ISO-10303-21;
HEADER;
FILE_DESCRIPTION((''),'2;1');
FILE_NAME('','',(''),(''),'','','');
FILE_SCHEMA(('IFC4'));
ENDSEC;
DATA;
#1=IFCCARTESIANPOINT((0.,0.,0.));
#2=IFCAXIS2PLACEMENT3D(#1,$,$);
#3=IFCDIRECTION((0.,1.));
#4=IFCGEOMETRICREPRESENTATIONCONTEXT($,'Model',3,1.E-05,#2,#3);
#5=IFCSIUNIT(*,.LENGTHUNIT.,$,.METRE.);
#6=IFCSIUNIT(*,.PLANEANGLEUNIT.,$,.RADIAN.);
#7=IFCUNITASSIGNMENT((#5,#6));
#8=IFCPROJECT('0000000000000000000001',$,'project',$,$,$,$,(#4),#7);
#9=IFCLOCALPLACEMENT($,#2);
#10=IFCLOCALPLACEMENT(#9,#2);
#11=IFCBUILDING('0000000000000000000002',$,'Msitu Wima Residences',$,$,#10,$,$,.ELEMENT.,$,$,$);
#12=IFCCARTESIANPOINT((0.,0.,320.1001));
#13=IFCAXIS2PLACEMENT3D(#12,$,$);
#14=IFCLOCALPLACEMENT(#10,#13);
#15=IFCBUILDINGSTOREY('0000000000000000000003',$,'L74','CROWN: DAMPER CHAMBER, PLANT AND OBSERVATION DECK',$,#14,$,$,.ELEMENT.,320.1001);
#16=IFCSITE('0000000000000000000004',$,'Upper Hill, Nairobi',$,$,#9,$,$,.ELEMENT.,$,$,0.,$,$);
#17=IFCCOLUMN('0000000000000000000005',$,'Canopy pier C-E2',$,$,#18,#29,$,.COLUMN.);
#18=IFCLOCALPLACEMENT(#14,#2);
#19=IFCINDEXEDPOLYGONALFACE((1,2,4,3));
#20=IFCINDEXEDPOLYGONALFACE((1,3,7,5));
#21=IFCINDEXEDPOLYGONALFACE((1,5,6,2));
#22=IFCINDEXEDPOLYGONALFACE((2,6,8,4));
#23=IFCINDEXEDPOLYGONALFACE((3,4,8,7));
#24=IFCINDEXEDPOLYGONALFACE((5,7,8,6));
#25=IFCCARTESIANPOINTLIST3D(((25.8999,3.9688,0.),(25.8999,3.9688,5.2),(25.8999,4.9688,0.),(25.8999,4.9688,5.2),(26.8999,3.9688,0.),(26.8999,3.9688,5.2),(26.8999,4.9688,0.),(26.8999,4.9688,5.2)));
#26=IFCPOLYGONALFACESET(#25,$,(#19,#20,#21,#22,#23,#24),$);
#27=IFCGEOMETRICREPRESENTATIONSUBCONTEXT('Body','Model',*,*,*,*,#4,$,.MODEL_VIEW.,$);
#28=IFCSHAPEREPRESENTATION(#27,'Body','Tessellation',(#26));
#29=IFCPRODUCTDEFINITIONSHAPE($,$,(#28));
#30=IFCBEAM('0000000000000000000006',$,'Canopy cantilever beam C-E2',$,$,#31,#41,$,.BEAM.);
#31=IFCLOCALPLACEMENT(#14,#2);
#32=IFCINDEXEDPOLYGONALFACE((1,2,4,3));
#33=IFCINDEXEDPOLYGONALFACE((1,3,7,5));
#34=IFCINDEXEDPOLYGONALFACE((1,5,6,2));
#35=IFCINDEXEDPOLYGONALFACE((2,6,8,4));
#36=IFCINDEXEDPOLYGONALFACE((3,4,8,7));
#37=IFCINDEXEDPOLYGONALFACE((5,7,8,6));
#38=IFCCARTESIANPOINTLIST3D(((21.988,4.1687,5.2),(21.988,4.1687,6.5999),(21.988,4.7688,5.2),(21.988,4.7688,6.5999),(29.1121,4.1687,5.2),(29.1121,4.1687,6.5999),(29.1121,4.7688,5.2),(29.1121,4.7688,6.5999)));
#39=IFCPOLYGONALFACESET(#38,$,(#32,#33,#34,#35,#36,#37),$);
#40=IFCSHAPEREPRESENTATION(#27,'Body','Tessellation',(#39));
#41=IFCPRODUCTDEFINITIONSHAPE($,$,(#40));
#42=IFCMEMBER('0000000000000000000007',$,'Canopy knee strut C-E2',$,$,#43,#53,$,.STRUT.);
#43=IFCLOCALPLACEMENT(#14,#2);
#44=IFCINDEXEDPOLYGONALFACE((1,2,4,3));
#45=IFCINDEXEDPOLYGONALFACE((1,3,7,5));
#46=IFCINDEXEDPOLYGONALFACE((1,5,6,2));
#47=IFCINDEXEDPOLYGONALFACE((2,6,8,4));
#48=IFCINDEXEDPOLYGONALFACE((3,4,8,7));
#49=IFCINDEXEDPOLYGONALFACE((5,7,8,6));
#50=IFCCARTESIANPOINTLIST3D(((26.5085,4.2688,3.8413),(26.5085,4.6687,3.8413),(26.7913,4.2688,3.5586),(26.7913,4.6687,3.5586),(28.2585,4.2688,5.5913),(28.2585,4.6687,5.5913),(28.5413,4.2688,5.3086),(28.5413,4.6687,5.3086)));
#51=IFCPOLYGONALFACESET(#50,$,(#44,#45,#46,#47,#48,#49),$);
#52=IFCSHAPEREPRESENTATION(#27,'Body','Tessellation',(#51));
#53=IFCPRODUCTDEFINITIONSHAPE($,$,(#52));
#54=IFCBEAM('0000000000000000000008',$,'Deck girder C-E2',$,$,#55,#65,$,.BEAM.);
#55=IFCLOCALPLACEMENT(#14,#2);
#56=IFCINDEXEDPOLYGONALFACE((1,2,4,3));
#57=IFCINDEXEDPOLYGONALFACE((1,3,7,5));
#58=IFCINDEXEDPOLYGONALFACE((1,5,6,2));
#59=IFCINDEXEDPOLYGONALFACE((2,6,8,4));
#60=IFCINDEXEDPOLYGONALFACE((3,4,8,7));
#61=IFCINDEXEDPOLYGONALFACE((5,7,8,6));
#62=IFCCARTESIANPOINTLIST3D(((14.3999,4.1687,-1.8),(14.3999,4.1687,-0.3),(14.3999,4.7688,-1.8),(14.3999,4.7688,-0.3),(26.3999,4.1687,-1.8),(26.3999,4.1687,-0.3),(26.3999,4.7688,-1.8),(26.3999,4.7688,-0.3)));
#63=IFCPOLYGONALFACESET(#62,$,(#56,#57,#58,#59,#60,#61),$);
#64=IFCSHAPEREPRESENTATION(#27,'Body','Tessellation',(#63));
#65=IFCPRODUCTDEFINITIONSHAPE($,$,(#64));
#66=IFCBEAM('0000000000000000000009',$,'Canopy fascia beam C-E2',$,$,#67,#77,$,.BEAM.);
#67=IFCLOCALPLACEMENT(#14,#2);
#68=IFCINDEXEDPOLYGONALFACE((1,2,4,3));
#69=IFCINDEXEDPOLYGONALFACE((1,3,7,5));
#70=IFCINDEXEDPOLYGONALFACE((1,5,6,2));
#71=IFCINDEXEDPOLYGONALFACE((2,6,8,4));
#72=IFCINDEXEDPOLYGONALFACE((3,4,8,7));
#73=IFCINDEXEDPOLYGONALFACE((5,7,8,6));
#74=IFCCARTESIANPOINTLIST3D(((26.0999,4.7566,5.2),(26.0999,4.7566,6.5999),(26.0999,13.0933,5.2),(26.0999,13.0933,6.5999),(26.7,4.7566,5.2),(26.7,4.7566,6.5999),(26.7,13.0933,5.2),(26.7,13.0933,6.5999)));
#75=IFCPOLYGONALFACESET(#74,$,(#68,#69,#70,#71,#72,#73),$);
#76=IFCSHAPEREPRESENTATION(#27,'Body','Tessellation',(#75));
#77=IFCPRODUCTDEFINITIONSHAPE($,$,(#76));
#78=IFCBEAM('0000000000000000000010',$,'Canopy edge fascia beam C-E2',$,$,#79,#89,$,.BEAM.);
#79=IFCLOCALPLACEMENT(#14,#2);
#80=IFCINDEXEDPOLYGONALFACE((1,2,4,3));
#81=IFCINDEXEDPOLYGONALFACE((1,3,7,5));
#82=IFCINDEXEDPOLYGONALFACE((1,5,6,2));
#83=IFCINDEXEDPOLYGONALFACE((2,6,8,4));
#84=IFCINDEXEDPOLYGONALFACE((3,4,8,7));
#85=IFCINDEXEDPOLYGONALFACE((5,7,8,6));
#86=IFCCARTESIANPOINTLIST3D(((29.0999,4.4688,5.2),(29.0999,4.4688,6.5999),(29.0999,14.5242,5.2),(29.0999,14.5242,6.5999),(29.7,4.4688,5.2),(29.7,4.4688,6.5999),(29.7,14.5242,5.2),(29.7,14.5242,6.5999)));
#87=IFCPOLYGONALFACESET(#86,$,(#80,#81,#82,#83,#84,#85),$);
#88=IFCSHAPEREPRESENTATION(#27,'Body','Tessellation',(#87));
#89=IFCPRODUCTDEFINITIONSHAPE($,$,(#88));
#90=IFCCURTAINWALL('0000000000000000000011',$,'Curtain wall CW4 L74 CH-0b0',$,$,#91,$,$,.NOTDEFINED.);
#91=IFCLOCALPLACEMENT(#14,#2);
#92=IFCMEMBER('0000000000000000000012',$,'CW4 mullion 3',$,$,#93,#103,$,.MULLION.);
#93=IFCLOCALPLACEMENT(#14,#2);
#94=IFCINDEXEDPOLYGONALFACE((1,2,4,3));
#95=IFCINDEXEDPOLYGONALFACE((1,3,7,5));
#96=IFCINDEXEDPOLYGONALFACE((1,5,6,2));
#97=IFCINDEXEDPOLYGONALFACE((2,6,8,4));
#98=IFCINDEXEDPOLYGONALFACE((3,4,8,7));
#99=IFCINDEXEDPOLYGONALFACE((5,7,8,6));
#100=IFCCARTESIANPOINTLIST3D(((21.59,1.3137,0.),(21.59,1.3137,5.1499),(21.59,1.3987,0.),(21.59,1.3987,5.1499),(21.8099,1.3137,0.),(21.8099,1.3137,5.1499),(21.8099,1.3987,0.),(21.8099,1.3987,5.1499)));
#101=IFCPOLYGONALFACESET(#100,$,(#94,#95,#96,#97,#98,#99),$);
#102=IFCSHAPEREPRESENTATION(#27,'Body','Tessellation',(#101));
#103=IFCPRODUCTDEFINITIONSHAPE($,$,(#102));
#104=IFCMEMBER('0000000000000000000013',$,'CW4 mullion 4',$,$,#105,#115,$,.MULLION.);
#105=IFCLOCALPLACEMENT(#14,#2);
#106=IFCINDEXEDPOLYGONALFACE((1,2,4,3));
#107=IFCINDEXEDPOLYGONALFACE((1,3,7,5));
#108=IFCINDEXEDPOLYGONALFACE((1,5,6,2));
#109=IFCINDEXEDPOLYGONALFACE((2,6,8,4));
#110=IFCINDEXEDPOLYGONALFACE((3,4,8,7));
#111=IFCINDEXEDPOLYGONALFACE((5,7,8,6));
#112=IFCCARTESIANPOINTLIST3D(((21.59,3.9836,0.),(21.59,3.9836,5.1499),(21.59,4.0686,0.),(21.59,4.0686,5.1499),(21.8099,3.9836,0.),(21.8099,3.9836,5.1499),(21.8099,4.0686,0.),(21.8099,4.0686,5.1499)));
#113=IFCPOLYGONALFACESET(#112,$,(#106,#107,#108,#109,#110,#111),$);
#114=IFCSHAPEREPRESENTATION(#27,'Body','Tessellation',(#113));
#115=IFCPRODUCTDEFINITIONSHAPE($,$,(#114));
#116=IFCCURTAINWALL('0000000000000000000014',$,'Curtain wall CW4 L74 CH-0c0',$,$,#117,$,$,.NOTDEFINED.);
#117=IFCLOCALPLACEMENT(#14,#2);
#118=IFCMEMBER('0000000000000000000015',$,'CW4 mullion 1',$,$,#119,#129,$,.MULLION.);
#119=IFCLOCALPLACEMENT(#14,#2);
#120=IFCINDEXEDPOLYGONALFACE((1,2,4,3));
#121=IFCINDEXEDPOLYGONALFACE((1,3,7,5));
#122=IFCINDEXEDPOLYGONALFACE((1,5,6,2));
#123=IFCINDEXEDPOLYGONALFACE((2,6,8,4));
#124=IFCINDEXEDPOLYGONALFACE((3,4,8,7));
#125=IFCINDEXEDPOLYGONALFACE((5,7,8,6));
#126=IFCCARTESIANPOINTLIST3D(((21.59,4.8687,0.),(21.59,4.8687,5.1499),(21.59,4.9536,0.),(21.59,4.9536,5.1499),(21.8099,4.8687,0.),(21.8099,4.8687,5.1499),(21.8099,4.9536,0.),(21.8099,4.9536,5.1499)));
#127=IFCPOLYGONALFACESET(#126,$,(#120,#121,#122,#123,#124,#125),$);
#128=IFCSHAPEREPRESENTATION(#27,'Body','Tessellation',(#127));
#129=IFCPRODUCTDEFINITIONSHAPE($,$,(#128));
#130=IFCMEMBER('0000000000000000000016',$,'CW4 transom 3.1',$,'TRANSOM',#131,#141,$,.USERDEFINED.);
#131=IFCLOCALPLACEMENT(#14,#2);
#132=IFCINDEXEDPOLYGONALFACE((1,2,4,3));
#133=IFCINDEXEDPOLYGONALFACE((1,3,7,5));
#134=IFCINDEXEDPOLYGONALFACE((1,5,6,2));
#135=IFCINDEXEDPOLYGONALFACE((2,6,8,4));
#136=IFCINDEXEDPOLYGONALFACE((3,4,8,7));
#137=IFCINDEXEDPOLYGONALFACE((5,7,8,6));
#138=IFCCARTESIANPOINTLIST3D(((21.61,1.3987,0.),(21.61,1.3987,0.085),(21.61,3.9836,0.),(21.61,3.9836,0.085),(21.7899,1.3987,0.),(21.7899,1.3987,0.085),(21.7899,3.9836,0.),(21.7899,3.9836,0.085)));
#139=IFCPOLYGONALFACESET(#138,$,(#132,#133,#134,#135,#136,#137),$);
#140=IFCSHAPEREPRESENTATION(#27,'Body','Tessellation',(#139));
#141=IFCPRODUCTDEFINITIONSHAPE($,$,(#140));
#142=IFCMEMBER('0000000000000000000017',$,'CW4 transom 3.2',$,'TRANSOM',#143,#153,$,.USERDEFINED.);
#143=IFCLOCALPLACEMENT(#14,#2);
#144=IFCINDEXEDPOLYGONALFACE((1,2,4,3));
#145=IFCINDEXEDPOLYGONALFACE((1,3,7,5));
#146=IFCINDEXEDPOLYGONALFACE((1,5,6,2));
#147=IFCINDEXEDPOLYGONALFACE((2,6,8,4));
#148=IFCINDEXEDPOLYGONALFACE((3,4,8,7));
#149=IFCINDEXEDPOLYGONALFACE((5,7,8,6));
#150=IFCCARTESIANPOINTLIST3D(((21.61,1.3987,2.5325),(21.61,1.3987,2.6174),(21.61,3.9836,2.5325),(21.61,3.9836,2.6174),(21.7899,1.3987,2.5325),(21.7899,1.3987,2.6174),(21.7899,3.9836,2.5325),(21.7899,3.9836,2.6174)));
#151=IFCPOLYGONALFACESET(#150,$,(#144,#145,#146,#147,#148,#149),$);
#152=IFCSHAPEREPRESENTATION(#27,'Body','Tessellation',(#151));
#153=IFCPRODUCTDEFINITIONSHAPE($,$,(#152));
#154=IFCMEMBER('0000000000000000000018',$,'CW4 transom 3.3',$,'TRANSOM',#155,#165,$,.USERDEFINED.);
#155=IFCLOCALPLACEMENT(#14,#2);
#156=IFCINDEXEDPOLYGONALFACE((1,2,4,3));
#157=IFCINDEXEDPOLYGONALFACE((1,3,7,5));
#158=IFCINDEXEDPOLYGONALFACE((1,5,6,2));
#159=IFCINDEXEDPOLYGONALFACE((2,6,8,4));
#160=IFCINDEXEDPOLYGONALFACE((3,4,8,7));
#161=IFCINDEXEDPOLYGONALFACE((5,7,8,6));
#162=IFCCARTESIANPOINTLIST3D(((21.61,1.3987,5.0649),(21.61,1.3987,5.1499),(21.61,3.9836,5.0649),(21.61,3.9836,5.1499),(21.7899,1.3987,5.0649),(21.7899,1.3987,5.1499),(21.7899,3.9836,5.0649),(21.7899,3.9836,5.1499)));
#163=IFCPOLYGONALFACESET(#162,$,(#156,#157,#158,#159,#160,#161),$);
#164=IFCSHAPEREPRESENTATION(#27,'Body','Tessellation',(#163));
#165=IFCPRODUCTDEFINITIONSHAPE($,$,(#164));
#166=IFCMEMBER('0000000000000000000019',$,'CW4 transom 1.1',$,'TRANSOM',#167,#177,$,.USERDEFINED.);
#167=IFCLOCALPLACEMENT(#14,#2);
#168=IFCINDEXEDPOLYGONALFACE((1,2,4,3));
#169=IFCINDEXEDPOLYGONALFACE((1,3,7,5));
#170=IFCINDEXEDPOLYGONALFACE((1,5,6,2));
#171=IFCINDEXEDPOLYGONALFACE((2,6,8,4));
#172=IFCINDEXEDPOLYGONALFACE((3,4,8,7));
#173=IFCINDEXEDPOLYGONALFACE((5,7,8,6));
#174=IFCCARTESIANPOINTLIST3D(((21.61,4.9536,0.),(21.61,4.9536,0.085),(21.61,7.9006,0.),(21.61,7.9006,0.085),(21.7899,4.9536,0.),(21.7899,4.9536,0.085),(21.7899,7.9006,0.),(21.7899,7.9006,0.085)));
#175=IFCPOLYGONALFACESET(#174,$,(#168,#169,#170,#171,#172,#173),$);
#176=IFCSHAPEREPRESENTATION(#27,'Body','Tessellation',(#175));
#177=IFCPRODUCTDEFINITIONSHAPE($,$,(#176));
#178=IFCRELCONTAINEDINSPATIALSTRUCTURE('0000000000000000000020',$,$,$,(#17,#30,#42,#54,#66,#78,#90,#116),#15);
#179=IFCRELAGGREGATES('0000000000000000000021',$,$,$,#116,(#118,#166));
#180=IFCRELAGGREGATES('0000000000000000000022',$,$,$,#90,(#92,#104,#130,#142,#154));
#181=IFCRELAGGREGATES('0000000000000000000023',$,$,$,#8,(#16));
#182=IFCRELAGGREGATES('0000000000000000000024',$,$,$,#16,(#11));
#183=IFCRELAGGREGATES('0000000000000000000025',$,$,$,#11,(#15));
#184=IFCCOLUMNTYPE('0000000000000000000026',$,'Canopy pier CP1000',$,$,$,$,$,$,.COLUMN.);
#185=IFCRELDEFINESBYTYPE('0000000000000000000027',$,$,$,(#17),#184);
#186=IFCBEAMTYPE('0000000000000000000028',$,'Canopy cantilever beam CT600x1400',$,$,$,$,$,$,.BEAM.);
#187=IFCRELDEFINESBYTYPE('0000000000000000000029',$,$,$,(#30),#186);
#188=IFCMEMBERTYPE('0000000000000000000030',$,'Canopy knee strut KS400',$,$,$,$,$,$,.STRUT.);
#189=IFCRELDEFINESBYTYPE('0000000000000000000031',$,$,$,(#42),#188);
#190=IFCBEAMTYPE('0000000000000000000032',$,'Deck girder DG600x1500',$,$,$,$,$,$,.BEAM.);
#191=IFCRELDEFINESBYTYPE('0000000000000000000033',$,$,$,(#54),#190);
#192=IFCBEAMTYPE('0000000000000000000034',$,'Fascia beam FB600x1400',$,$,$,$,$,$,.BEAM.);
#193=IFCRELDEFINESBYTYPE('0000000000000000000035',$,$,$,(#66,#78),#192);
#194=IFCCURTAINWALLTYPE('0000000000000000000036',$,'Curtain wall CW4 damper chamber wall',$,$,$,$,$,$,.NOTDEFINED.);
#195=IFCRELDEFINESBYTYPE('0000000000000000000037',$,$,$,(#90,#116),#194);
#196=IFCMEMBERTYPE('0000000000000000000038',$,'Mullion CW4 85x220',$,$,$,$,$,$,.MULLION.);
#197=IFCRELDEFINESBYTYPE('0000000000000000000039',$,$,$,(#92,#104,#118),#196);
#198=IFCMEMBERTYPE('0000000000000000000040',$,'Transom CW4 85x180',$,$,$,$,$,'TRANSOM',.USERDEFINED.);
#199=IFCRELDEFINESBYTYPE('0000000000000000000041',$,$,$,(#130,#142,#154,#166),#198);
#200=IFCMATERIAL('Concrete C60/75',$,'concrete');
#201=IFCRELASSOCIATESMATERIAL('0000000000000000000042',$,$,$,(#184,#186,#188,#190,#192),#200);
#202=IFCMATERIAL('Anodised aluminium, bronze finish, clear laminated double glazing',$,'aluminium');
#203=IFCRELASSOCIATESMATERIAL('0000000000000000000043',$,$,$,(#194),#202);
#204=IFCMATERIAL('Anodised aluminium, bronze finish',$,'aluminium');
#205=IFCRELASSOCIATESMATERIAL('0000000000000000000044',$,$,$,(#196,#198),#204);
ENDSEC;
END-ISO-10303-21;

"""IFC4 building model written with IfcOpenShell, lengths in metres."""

from ifc_helpers import new_model, si_unit, direction, frame, origin, origin_2d, place, context, subcontext, project, spatial, rectangle, extrude, material, material_profile, profile_set, type_object, element, aggregate, save


model = new_model("IFC4")

# Units and contexts
model_context = context("Model", 3, precision=1e-05, world=origin(), true_north=direction((0.0, 1.0)))
body_context = subcontext(model_context, "Body", "Model", "MODEL_VIEW")
ifc_project = project(units=[si_unit("LENGTHUNIT", "METRE"), si_unit("PLANEANGLEUNIT", "RADIAN")], contexts=[model_context])

# Site, building, storey
site_placement = place(None, origin())
site = spatial("IfcSite", under=ifc_project, at=site_placement, Name="Upper Hill, Nairobi", CompositionType="ELEMENT", RefElevation=0.0)
building_placement = place(site_placement, origin())
building = spatial("IfcBuilding", under=site, at=building_placement, Name="Msitu Wima Residences", CompositionType="ELEMENT")
storey_placement = place(building_placement, frame((0.0, 0.0, 320.1001)))
storey = spatial("IfcBuildingStorey", under=building, at=storey_placement, Name="L74", Description="CROWN: DAMPER CHAMBER, PLANT AND OBSERVATION DECK", CompositionType="ELEMENT", Elevation=320.1001)

# Column
ifc_material_1 = material(Name="Concrete C60/75", Category="concrete")
ifc_material_profile_1 = material_profile(ifc_material_1, rectangle(XDim=1.0, YDim=1.0, at=origin_2d()), Name="RC 1000x1000")
ifc_profile_set_1 = profile_set([ifc_material_profile_1], Name="Concrete C60/75")
column_type = type_object("IfcColumnType", Name="Canopy pier CP1000", PredefinedType="COLUMN", material=ifc_profile_set_1)
column_placement = place(storey_placement, frame((26.3999, 4.4688, 0.0), z_axis=(0.0, 0.0, 1.0), x_axis=(1.0, 0.0, 0.0)))
element("IfcColumn", 1, at=column_placement, inside=storey, type_object=column_type, Name="Canopy pier C-E2", PredefinedType="COLUMN", context=body_context, shape_type="SweptSolid", body=[
    extrude(rectangle(XDim=1.0, YDim=1.0, at=origin_2d()), origin(), (0.0, 0.0, 1.0), 5.2),
])

# Beam
ifc_material_profile_2 = material_profile(ifc_material_1, rectangle(XDim=0.6001, YDim=1.3999, at=origin_2d()), Name="RC 600x1400")
ifc_profile_set_2 = profile_set([ifc_material_profile_2], Name="Concrete C60/75")
beam_type_1 = type_object("IfcBeamType", Name="Canopy cantilever beam CT600x1400", PredefinedType="BEAM", material=ifc_profile_set_2)
beam_1_placement = place(storey_placement, frame((21.988, 4.4688, 5.8999), z_axis=(1.0, 0.0, 0.0), x_axis=(0.0, 1.0, 0.0)))
element("IfcBeam", 2, at=beam_1_placement, inside=storey, type_object=beam_type_1, Name="Canopy cantilever beam C-E2", PredefinedType="BEAM", context=body_context, shape_type="SweptSolid", body=[
    extrude(rectangle(XDim=0.6001, YDim=1.3999, at=origin_2d()), origin(), (0.0, 0.0, 1.0), 7.124),
])

# Member
ifc_material_profile_3 = material_profile(ifc_material_1, rectangle(XDim=0.3999, YDim=0.3999, at=origin_2d()), Name="RC 400x400")
ifc_profile_set_3 = profile_set([ifc_material_profile_3], Name="Concrete C60/75")
member_type_1 = type_object("IfcMemberType", Name="Canopy knee strut KS400", PredefinedType="STRUT", material=ifc_profile_set_3)
member_1_placement = place(storey_placement, frame((26.6499, 4.4688, 3.7), z_axis=(0.707107, 0.0, 0.707107), x_axis=(0.0, 1.0, 0.0)))
element("IfcMember", 3, at=member_1_placement, inside=storey, type_object=member_type_1, Name="Canopy knee strut C-E2", PredefinedType="STRUT", context=body_context, shape_type="SweptSolid", body=[
    extrude(rectangle(XDim=0.3999, YDim=0.3999, at=origin_2d()), origin(), (0.0, 0.0, 1.0), 2.4749),
])

# Beams
ifc_material_profile_4 = material_profile(ifc_material_1, rectangle(XDim=0.6001, YDim=1.5, at=origin_2d()), Name="RC 600x1500")
ifc_profile_set_4 = profile_set([ifc_material_profile_4], Name="Concrete C60/75")
beam_type_2 = type_object("IfcBeamType", Name="Deck girder DG600x1500", PredefinedType="BEAM", material=ifc_profile_set_4)
beam_2_placement = place(storey_placement, frame((26.3999, 4.4688, -1.05), z_axis=(-1.0, 0.0, 0.0), x_axis=(0.0, -1.0, 0.0)))
element("IfcBeam", 4, at=beam_2_placement, inside=storey, type_object=beam_type_2, Name="Deck girder C-E2", PredefinedType="BEAM", context=body_context, shape_type="SweptSolid", body=[
    extrude(rectangle(XDim=0.6001, YDim=1.5, at=origin_2d()), origin(), (0.0, 0.0, 1.0), 12.0),
])
ifc_material_profile_5 = material_profile(ifc_material_1, rectangle(XDim=0.6001, YDim=1.3999, at=origin_2d()), Name="RC 600x1400")
ifc_profile_set_5 = profile_set([ifc_material_profile_5], Name="Concrete C60/75")
beam_type_3 = type_object("IfcBeamType", Name="Fascia beam FB600x1400", PredefinedType="BEAM", material=ifc_profile_set_5)
beam_3_placement = place(storey_placement, frame((26.3999, 4.7566, 5.8999), z_axis=(0.0, 1.0, 0.0), x_axis=(-1.0, 0.0, 0.0)))
element("IfcBeam", 5, at=beam_3_placement, inside=storey, type_object=beam_type_3, Name="Canopy fascia beam C-E2", PredefinedType="BEAM", context=body_context, shape_type="SweptSolid", body=[
    extrude(rectangle(XDim=0.6001, YDim=1.3999, at=origin_2d()), origin(), (0.0, 0.0, 1.0), 8.3367),
])
beam_4_placement = place(storey_placement, frame((29.3999, 4.4688, 5.8999), z_axis=(0.0, 1.0, 0.0), x_axis=(-1.0, 0.0, 0.0)))
element("IfcBeam", 6, at=beam_4_placement, inside=storey, type_object=beam_type_3, Name="Canopy edge fascia beam C-E2", PredefinedType="BEAM", context=body_context, shape_type="SweptSolid", body=[
    extrude(rectangle(XDim=0.6001, YDim=1.3999, at=origin_2d()), origin(), (0.0, 0.0, 1.0), 10.0554),
])

# Curtain wall, members
ifc_material_2 = material(Name="Anodised aluminium, bronze finish, clear laminated double glazing", Category="aluminium")
curtain_wall_type = type_object("IfcCurtainWallType", Name="Curtain wall CW4 damper chamber wall", PredefinedType="NOTDEFINED", material=ifc_material_2)
curtain_wall_1_placement = place(storey_placement, origin())
curtain_wall_1 = element("IfcCurtainWall", 7, at=curtain_wall_1_placement, inside=storey, type_object=curtain_wall_type, Name="Curtain wall CW4 L74 CH-0b0", PredefinedType="NOTDEFINED")
ifc_material_3 = material(Name="Anodised aluminium, bronze finish", Category="aluminium")
ifc_material_profile_6 = material_profile(ifc_material_3, rectangle(XDim=0.22, YDim=0.085, at=origin_2d()), Name="Mullion 85x220")
ifc_profile_set_6 = profile_set([ifc_material_profile_6], Name="Anodised aluminium, bronze finish")
member_type_2 = type_object("IfcMemberType", Name="Mullion CW4 85x220", PredefinedType="MULLION", material=ifc_profile_set_6)
member_2_placement = place(storey_placement, frame((21.7, 1.3562, 0.0), z_axis=(0.0, 0.0, 1.0), x_axis=(-1.0, 0.0, 0.0)))
member_2 = element("IfcMember", 8, at=member_2_placement, type_object=member_type_2, Name="CW4 mullion 3", PredefinedType="MULLION", context=body_context, shape_type="SweptSolid", body=[
    extrude(rectangle(XDim=0.22, YDim=0.085, at=origin_2d()), origin(), (0.0, 0.0, 1.0), 5.1499),
])
member_3_placement = place(storey_placement, frame((21.7, 4.0261, 0.0), z_axis=(0.0, 0.0, 1.0), x_axis=(-1.0, 0.0, 0.0)))
member_3 = element("IfcMember", 9, at=member_3_placement, type_object=member_type_2, Name="CW4 mullion 4", PredefinedType="MULLION", context=body_context, shape_type="SweptSolid", body=[
    extrude(rectangle(XDim=0.22, YDim=0.085, at=origin_2d()), origin(), (0.0, 0.0, 1.0), 5.1499),
])

# Curtain wall, member
curtain_wall_2_placement = place(storey_placement, origin())
curtain_wall_2 = element("IfcCurtainWall", 10, at=curtain_wall_2_placement, inside=storey, type_object=curtain_wall_type, Name="Curtain wall CW4 L74 CH-0c0", PredefinedType="NOTDEFINED")
member_4_placement = place(storey_placement, frame((21.7, 4.9111, 0.0), z_axis=(0.0, 0.0, 1.0), x_axis=(-1.0, 0.0, 0.0)))
member_4 = element("IfcMember", 11, at=member_4_placement, type_object=member_type_2, Name="CW4 mullion 1", PredefinedType="MULLION", context=body_context, shape_type="SweptSolid", body=[
    extrude(rectangle(XDim=0.22, YDim=0.085, at=origin_2d()), origin(), (0.0, 0.0, 1.0), 5.1499),
])

# Members
ifc_material_profile_7 = material_profile(ifc_material_3, rectangle(XDim=0.1799, YDim=0.085, at=origin_2d()), Name="Transom 85x180")
ifc_profile_set_7 = profile_set([ifc_material_profile_7], Name="Anodised aluminium, bronze finish")
member_type_3 = type_object("IfcMemberType", Name="Transom CW4 85x180", ElementType="TRANSOM", PredefinedType="USERDEFINED", material=ifc_profile_set_7)
member_5_placement = place(storey_placement, frame((21.7, 1.3987, 0.0425), z_axis=(0.0, 1.0, 0.0), x_axis=(-1.0, 0.0, 0.0)))
member_5 = element("IfcMember", 12, at=member_5_placement, type_object=member_type_3, Name="CW4 transom 3.1", ObjectType="TRANSOM", PredefinedType="USERDEFINED", context=body_context, shape_type="SweptSolid", body=[
    extrude(rectangle(XDim=0.1799, YDim=0.085, at=origin_2d()), origin(), (0.0, 0.0, 1.0), 2.585),
])
member_6_placement = place(storey_placement, frame((21.7, 1.3987, 2.575), z_axis=(0.0, 1.0, 0.0), x_axis=(-1.0, 0.0, 0.0)))
member_6 = element("IfcMember", 13, at=member_6_placement, type_object=member_type_3, Name="CW4 transom 3.2", ObjectType="TRANSOM", PredefinedType="USERDEFINED", context=body_context, shape_type="SweptSolid", body=[
    extrude(rectangle(XDim=0.1799, YDim=0.085, at=origin_2d()), origin(), (0.0, 0.0, 1.0), 2.585),
])
member_7_placement = place(storey_placement, frame((21.7, 1.3987, 5.1074), z_axis=(0.0, 1.0, 0.0), x_axis=(-1.0, 0.0, 0.0)))
member_7 = element("IfcMember", 14, at=member_7_placement, type_object=member_type_3, Name="CW4 transom 3.3", ObjectType="TRANSOM", PredefinedType="USERDEFINED", context=body_context, shape_type="SweptSolid", body=[
    extrude(rectangle(XDim=0.1799, YDim=0.085, at=origin_2d()), origin(), (0.0, 0.0, 1.0), 2.585),
])
member_8_placement = place(storey_placement, frame((21.7, 4.9536, 0.0425), z_axis=(0.0, 1.0, 0.0), x_axis=(-1.0, 0.0, 0.0)))
member_8 = element("IfcMember", 15, at=member_8_placement, type_object=member_type_3, Name="CW4 transom 1.1", ObjectType="TRANSOM", PredefinedType="USERDEFINED", context=body_context, shape_type="SweptSolid", body=[
    extrude(rectangle(XDim=0.1799, YDim=0.085, at=origin_2d()), origin(), (0.0, 0.0, 1.0), 2.947),
])
aggregate(curtain_wall_2, [member_4, member_8])

aggregate(curtain_wall_1, [member_2, member_3, member_5, member_6, member_7])

save(model, "model.ifc")
